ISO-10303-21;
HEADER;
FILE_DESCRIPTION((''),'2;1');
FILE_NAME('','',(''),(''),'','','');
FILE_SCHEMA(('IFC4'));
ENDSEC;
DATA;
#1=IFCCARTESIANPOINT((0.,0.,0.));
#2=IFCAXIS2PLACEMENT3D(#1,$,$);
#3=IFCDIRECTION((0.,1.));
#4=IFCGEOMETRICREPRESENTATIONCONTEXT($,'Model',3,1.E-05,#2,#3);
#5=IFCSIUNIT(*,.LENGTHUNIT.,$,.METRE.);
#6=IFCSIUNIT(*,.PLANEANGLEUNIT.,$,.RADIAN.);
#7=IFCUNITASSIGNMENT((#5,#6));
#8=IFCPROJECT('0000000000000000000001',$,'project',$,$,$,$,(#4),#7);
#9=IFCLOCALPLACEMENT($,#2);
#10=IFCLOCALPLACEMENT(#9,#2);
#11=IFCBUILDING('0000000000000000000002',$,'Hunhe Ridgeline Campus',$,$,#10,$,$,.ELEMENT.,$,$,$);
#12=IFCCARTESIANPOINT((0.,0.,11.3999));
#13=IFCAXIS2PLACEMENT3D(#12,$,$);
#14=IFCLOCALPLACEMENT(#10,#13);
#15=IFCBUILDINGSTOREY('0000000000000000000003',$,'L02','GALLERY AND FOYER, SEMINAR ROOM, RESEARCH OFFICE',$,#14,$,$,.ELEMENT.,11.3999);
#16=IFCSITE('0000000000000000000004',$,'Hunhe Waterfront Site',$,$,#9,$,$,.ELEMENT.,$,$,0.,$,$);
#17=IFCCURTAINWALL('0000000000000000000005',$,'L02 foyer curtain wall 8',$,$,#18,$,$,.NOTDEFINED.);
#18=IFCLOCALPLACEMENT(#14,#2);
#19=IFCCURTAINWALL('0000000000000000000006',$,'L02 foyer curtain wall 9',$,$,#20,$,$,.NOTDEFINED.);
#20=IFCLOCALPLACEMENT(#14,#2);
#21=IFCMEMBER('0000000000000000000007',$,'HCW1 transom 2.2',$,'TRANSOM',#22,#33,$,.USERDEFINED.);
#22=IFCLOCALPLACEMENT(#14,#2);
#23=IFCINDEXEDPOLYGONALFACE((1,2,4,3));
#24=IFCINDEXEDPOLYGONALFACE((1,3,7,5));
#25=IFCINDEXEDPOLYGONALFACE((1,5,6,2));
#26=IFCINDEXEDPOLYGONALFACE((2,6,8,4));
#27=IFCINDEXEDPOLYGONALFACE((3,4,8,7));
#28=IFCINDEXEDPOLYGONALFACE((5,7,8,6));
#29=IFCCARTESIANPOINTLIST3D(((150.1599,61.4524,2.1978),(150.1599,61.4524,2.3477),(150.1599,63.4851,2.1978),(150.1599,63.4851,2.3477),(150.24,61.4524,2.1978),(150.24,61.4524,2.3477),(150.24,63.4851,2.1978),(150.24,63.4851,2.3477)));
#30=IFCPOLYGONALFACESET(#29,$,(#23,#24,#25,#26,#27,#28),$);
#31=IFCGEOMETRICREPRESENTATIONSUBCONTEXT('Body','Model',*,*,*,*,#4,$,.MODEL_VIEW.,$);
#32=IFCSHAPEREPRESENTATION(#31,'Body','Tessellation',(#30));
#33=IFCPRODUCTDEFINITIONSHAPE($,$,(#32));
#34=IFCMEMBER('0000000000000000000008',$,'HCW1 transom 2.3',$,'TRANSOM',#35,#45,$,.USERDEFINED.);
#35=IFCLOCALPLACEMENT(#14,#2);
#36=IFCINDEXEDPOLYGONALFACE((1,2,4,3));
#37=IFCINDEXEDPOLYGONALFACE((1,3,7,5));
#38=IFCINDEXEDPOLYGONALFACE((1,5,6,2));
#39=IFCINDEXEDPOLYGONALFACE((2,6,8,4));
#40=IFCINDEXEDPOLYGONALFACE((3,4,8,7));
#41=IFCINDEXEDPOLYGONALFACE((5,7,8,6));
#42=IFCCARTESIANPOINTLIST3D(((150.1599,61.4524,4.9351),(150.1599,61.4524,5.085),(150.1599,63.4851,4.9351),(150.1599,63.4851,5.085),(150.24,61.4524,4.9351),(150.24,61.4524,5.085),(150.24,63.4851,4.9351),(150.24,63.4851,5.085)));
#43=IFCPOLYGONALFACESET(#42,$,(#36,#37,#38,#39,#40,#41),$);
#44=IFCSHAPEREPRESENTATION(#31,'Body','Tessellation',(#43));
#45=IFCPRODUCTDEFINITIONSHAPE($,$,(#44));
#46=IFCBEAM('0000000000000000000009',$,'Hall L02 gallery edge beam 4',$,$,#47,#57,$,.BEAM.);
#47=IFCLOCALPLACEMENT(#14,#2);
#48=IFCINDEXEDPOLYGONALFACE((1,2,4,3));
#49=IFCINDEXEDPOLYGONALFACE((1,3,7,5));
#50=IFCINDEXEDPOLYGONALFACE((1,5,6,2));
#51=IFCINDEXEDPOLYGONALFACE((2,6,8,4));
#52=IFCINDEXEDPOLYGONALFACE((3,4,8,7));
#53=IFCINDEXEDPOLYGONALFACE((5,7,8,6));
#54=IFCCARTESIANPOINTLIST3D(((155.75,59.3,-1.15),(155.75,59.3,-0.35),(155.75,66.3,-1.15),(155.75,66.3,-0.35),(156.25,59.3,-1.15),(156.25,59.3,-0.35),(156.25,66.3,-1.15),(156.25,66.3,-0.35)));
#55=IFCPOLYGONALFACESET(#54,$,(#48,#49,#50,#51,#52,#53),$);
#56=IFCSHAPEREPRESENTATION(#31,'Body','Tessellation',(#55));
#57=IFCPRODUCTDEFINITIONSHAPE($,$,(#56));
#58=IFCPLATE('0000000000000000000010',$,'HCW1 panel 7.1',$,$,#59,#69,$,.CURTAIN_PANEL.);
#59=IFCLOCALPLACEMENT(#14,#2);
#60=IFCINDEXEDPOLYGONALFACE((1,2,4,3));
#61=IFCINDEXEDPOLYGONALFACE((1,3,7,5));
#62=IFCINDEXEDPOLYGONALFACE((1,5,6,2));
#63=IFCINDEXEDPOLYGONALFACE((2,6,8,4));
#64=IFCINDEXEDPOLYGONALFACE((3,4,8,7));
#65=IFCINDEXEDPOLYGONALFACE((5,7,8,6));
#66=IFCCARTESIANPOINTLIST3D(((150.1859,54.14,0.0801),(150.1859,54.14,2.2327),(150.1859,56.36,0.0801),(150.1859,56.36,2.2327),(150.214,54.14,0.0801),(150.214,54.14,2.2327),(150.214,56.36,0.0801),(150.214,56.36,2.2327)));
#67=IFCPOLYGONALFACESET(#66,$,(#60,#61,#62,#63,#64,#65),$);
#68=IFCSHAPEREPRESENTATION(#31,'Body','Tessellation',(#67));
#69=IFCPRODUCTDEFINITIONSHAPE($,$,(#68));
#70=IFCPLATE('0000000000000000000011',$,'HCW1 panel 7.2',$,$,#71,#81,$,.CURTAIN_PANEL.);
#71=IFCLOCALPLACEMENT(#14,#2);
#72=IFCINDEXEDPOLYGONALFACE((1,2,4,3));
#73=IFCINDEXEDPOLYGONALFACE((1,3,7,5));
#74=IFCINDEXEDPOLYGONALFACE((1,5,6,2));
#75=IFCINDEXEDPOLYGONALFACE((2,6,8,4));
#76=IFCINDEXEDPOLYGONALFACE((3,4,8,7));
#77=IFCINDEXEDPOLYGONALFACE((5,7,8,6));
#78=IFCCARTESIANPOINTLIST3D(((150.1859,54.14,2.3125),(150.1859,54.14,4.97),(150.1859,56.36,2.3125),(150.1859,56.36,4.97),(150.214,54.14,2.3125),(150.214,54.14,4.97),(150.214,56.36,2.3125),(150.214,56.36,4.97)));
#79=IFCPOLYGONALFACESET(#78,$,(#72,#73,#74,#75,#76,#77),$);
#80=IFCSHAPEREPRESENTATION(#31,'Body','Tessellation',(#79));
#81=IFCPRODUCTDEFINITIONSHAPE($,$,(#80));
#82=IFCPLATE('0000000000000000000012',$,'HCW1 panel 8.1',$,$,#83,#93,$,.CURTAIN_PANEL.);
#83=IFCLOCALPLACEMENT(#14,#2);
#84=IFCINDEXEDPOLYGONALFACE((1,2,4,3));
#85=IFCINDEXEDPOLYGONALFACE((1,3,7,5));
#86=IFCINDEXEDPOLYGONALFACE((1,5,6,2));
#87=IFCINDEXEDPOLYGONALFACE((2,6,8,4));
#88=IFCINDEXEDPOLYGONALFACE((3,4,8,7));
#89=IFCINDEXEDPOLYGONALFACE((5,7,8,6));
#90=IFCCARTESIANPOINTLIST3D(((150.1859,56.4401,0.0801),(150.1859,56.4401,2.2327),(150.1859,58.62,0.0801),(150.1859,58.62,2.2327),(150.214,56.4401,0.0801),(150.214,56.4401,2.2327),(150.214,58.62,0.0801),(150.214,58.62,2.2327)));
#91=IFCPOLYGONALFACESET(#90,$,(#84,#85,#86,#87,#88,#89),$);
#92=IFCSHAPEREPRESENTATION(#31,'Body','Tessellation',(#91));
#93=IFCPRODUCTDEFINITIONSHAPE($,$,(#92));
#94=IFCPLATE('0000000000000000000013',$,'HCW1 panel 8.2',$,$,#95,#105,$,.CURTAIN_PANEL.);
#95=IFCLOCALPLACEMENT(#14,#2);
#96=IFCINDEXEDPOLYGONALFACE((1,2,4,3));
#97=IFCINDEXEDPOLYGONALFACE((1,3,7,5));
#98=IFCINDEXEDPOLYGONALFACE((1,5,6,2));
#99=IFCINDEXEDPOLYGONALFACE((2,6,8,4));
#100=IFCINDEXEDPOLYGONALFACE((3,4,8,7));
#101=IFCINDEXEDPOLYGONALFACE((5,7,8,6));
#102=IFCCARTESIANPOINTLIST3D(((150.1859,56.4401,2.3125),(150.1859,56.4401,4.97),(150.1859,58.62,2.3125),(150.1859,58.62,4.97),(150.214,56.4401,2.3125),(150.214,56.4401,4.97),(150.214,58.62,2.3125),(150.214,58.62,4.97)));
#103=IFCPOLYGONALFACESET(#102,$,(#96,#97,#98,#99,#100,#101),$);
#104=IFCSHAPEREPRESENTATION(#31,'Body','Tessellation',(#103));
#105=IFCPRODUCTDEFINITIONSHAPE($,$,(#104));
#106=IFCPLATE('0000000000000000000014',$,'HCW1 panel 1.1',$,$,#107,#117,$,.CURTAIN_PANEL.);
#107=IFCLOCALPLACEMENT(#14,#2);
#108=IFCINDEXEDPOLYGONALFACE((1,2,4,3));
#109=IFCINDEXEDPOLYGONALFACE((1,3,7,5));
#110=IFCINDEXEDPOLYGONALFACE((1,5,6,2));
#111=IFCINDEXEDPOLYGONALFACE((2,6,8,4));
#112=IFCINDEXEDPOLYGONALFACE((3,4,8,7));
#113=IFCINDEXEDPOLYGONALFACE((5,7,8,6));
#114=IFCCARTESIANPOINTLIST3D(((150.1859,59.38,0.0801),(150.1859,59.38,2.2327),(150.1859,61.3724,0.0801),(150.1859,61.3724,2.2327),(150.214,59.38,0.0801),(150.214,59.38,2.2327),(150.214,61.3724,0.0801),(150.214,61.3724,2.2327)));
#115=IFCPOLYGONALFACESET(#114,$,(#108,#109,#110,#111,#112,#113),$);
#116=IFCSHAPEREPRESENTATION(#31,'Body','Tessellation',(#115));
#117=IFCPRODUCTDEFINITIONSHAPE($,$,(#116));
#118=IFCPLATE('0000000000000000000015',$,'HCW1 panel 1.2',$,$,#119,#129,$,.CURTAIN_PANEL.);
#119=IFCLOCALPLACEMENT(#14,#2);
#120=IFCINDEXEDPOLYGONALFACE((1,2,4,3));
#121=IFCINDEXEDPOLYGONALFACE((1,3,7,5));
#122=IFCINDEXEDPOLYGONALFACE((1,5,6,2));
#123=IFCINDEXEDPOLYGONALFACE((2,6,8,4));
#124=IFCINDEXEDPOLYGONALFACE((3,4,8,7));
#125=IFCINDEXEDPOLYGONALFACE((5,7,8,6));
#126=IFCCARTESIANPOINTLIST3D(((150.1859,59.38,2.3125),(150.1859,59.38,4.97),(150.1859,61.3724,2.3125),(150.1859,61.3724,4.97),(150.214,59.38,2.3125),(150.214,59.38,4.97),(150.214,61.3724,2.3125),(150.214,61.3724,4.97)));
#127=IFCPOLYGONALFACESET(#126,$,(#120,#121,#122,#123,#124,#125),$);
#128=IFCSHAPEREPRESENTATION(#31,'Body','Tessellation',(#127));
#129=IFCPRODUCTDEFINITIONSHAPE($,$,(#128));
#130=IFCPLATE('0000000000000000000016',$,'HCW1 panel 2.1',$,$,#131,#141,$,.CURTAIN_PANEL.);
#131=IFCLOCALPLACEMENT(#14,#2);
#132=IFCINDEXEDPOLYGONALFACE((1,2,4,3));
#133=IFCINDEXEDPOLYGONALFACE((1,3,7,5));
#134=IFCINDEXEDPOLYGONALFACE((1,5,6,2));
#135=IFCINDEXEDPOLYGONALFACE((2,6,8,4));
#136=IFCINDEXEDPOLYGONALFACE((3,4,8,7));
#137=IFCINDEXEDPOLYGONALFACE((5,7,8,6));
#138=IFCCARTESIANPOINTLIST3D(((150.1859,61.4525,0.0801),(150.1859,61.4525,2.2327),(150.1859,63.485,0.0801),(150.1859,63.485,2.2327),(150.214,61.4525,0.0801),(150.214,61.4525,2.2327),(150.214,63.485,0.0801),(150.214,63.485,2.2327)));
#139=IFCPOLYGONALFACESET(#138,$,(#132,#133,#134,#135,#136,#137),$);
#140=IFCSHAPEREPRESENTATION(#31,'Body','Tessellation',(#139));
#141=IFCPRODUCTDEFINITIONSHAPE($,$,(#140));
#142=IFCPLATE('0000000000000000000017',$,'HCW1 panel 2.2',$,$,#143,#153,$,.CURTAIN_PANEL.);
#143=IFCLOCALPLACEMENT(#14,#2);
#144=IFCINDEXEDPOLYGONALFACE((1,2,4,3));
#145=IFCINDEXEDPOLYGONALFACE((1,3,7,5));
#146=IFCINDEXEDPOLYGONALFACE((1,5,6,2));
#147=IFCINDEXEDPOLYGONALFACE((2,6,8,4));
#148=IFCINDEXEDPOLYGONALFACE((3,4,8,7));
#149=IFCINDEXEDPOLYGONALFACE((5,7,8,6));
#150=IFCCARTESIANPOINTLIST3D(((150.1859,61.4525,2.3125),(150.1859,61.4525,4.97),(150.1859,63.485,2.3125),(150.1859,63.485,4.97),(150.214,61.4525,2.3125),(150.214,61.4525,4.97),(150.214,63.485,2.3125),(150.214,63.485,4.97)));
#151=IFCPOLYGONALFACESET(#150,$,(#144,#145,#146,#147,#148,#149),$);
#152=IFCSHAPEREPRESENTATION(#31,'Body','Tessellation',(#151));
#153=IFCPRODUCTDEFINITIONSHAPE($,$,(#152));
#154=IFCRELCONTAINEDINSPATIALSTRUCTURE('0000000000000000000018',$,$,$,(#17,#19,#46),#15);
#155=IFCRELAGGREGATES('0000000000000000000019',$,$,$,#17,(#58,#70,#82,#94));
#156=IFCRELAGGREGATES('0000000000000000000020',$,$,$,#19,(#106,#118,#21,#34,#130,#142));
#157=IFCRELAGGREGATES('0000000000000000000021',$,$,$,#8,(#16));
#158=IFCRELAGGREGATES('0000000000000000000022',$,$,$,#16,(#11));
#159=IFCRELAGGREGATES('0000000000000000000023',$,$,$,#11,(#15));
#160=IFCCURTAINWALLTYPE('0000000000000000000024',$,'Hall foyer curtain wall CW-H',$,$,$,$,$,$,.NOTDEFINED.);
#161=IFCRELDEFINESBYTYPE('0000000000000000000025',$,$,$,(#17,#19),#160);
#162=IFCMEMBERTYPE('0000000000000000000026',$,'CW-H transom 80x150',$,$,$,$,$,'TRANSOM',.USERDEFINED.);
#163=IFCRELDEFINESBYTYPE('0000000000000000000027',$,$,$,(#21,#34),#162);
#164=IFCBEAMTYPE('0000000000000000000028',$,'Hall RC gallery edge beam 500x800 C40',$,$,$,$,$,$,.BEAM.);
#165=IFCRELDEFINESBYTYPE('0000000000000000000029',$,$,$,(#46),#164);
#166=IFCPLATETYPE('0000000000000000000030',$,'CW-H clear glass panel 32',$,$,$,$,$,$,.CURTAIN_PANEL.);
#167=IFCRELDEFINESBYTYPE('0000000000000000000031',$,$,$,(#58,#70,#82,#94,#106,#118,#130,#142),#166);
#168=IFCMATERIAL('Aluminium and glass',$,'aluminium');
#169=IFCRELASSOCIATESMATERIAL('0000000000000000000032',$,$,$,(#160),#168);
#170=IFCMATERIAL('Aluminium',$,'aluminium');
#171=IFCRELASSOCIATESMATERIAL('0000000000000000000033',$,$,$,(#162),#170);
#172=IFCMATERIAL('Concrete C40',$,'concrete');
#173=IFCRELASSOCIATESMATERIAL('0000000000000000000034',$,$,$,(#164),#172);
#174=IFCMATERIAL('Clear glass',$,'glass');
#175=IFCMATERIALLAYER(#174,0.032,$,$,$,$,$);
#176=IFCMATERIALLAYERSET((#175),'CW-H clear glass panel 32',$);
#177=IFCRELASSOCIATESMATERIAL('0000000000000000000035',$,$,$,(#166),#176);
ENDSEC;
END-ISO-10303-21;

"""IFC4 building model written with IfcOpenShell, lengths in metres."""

from ifc_helpers import new_model, si_unit, direction, frame, origin, origin_2d, place, context, subcontext, project, spatial, rectangle, extrude, material, layer, layer_set, material_profile, profile_set, type_object, element, aggregate, save


model = new_model("IFC4")

# Units and contexts
model_context = context("Model", 3, precision=1e-05, world=origin(), true_north=direction((0.0, 1.0)))
body_context = subcontext(model_context, "Body", "Model", "MODEL_VIEW")
ifc_project = project(units=[si_unit("LENGTHUNIT", "METRE"), si_unit("PLANEANGLEUNIT", "RADIAN")], contexts=[model_context])

# Site, building, storey
site_placement = place(None, origin())
site = spatial("IfcSite", under=ifc_project, at=site_placement, Name="Hunhe Waterfront Site", CompositionType="ELEMENT", RefElevation=0.0)
building_placement = place(site_placement, origin())
building = spatial("IfcBuilding", under=site, at=building_placement, Name="Hunhe Ridgeline Campus", CompositionType="ELEMENT")
storey_placement = place(building_placement, frame((0.0, 0.0, 11.3999)))
storey = spatial("IfcBuildingStorey", under=building, at=storey_placement, Name="L02", Description="GALLERY AND FOYER, SEMINAR ROOM, RESEARCH OFFICE", CompositionType="ELEMENT", Elevation=11.3999)

# Curtain walls
ifc_material_1 = material(Name="Aluminium and glass", Category="aluminium")
curtain_wall_type = type_object("IfcCurtainWallType", Name="Hall foyer curtain wall CW-H", PredefinedType="NOTDEFINED", material=ifc_material_1)
curtain_wall_1_placement = place(storey_placement, origin())
curtain_wall_1 = element("IfcCurtainWall", 1, at=curtain_wall_1_placement, inside=storey, type_object=curtain_wall_type, Name="L02 foyer curtain wall 8", PredefinedType="NOTDEFINED")
ifc_material_2 = material(Name="Aluminium", Category="aluminium")
curtain_wall_2_placement = place(storey_placement, origin())
curtain_wall_2 = element("IfcCurtainWall", 2, at=curtain_wall_2_placement, inside=storey, type_object=curtain_wall_type, Name="L02 foyer curtain wall 9", PredefinedType="NOTDEFINED")

# Members
ifc_material_profile_1 = material_profile(ifc_material_2, rectangle(XDim=0.0801, YDim=0.1499, at=origin_2d()))
ifc_profile_set_1 = profile_set([ifc_material_profile_1], Name="Aluminium")
member_type_1 = type_object("IfcMemberType", Name="CW-H transom 80x150", ElementType="TRANSOM", PredefinedType="USERDEFINED", material=ifc_profile_set_1)
member_1_placement = place(storey_placement, frame((150.2, 61.4524, 2.2727), z_axis=(0.0, 1.0, 0.0), x_axis=(-1.0, 0.0, 0.0)))
member_1 = element("IfcMember", 3, at=member_1_placement, type_object=member_type_1, Name="HCW1 transom 2.2", ObjectType="TRANSOM", PredefinedType="USERDEFINED", context=body_context, shape_type="SweptSolid", body=[
    extrude(rectangle(XDim=0.0801, YDim=0.1499, at=origin_2d()), origin(), (0.0, 0.0, 1.0), 2.0327),
])
member_2_placement = place(storey_placement, frame((150.2, 61.4524, 5.01), z_axis=(0.0, 1.0, 0.0), x_axis=(-1.0, 0.0, 0.0)))
member_2 = element("IfcMember", 4, at=member_2_placement, type_object=member_type_1, Name="HCW1 transom 2.3", ObjectType="TRANSOM", PredefinedType="USERDEFINED", context=body_context, shape_type="SweptSolid", body=[
    extrude(rectangle(XDim=0.0801, YDim=0.1499, at=origin_2d()), origin(), (0.0, 0.0, 1.0), 2.0327),
])

# Beam
ifc_material_3 = material(Name="Concrete C40", Category="concrete")
ifc_material_profile_2 = material_profile(ifc_material_3, rectangle(XDim=0.5, YDim=0.8, at=origin_2d()))
ifc_profile_set_2 = profile_set([ifc_material_profile_2], Name="Concrete C40")
beam_type = type_object("IfcBeamType", Name="Hall RC gallery edge beam 500x800 C40", PredefinedType="BEAM", material=ifc_profile_set_2)
beam_placement = place(storey_placement, frame((156.0, 59.3, -0.75), z_axis=(0.0, 1.0, 0.0), x_axis=(-1.0, 0.0, 0.0)))
element("IfcBeam", 5, at=beam_placement, inside=storey, type_object=beam_type, Name="Hall L02 gallery edge beam 4", PredefinedType="BEAM", context=body_context, shape_type="SweptSolid", body=[
    extrude(rectangle(XDim=0.5, YDim=0.8, at=origin_2d()), origin(), (0.0, 0.0, 1.0), 7.0),
])

# Plates
ifc_material_4 = material(Name="Clear glass", Category="glass")
ifc_layer = layer(ifc_material_4, 0.032)
ifc_layer_set = layer_set([ifc_layer], Name="CW-H clear glass panel 32")
plate_type = type_object("IfcPlateType", Name="CW-H clear glass panel 32", PredefinedType="CURTAIN_PANEL", material=ifc_layer_set)
plate_1_placement = place(storey_placement, frame((150.2, 55.25, 0.0801), z_axis=(0.0, 0.0, 1.0), x_axis=(0.0, 1.0, 0.0)))
plate_1 = element("IfcPlate", 6, at=plate_1_placement, type_object=plate_type, Name="HCW1 panel 7.1", PredefinedType="CURTAIN_PANEL", context=body_context, shape_type="SweptSolid", body=[
    extrude(rectangle(XDim=2.22, YDim=0.0281, at=origin_2d()), origin(), (0.0, 0.0, 1.0), 2.1526),
])
plate_2_placement = place(storey_placement, frame((150.2, 55.25, 2.3125), z_axis=(0.0, 0.0, 1.0), x_axis=(0.0, 1.0, 0.0)))
plate_2 = element("IfcPlate", 7, at=plate_2_placement, type_object=plate_type, Name="HCW1 panel 7.2", PredefinedType="CURTAIN_PANEL", context=body_context, shape_type="SweptSolid", body=[
    extrude(rectangle(XDim=2.22, YDim=0.0281, at=origin_2d()), origin(), (0.0, 0.0, 1.0), 2.6575),
])
plate_3_placement = place(storey_placement, frame((150.2, 57.53, 0.0801), z_axis=(0.0, 0.0, 1.0), x_axis=(0.0, 1.0, 0.0)))
plate_3 = element("IfcPlate", 8, at=plate_3_placement, type_object=plate_type, Name="HCW1 panel 8.1", PredefinedType="CURTAIN_PANEL", context=body_context, shape_type="SweptSolid", body=[
    extrude(rectangle(XDim=2.1799, YDim=0.0281, at=origin_2d()), origin(), (0.0, 0.0, 1.0), 2.1526),
])
plate_4_placement = place(storey_placement, frame((150.2, 57.53, 2.3125), z_axis=(0.0, 0.0, 1.0), x_axis=(0.0, 1.0, 0.0)))
plate_4 = element("IfcPlate", 9, at=plate_4_placement, type_object=plate_type, Name="HCW1 panel 8.2", PredefinedType="CURTAIN_PANEL", context=body_context, shape_type="SweptSolid", body=[
    extrude(rectangle(XDim=2.1799, YDim=0.0281, at=origin_2d()), origin(), (0.0, 0.0, 1.0), 2.6575),
])
aggregate(curtain_wall_1, [plate_1, plate_2, plate_3, plate_4])
plate_5_placement = place(storey_placement, frame((150.2, 60.3762, 0.0801), z_axis=(0.0, 0.0, 1.0), x_axis=(0.0, 1.0, 0.0)))
plate_5 = element("IfcPlate", 10, at=plate_5_placement, type_object=plate_type, Name="HCW1 panel 1.1", PredefinedType="CURTAIN_PANEL", context=body_context, shape_type="SweptSolid", body=[
    extrude(rectangle(XDim=1.9924, YDim=0.0281, at=origin_2d()), origin(), (0.0, 0.0, 1.0), 2.1526),
])
plate_6_placement = place(storey_placement, frame((150.2, 60.3762, 2.3125), z_axis=(0.0, 0.0, 1.0), x_axis=(0.0, 1.0, 0.0)))
plate_6 = element("IfcPlate", 11, at=plate_6_placement, type_object=plate_type, Name="HCW1 panel 1.2", PredefinedType="CURTAIN_PANEL", context=body_context, shape_type="SweptSolid", body=[
    extrude(rectangle(XDim=1.9924, YDim=0.0281, at=origin_2d()), origin(), (0.0, 0.0, 1.0), 2.6575),
])
plate_7_placement = place(storey_placement, frame((150.2, 62.4688, 0.0801), z_axis=(0.0, 0.0, 1.0), x_axis=(0.0, 1.0, 0.0)))
plate_7 = element("IfcPlate", 12, at=plate_7_placement, type_object=plate_type, Name="HCW1 panel 2.1", PredefinedType="CURTAIN_PANEL", context=body_context, shape_type="SweptSolid", body=[
    extrude(rectangle(XDim=2.0325, YDim=0.0281, at=origin_2d()), origin(), (0.0, 0.0, 1.0), 2.1526),
])
plate_8_placement = place(storey_placement, frame((150.2, 62.4688, 2.3125), z_axis=(0.0, 0.0, 1.0), x_axis=(0.0, 1.0, 0.0)))
plate_8 = element("IfcPlate", 13, at=plate_8_placement, type_object=plate_type, Name="HCW1 panel 2.2", PredefinedType="CURTAIN_PANEL", context=body_context, shape_type="SweptSolid", body=[
    extrude(rectangle(XDim=2.0325, YDim=0.0281, at=origin_2d()), origin(), (0.0, 0.0, 1.0), 2.6575),
])
aggregate(curtain_wall_2, [plate_5, plate_6, member_1, member_2, plate_7, plate_8])

save(model, "model.ifc")
